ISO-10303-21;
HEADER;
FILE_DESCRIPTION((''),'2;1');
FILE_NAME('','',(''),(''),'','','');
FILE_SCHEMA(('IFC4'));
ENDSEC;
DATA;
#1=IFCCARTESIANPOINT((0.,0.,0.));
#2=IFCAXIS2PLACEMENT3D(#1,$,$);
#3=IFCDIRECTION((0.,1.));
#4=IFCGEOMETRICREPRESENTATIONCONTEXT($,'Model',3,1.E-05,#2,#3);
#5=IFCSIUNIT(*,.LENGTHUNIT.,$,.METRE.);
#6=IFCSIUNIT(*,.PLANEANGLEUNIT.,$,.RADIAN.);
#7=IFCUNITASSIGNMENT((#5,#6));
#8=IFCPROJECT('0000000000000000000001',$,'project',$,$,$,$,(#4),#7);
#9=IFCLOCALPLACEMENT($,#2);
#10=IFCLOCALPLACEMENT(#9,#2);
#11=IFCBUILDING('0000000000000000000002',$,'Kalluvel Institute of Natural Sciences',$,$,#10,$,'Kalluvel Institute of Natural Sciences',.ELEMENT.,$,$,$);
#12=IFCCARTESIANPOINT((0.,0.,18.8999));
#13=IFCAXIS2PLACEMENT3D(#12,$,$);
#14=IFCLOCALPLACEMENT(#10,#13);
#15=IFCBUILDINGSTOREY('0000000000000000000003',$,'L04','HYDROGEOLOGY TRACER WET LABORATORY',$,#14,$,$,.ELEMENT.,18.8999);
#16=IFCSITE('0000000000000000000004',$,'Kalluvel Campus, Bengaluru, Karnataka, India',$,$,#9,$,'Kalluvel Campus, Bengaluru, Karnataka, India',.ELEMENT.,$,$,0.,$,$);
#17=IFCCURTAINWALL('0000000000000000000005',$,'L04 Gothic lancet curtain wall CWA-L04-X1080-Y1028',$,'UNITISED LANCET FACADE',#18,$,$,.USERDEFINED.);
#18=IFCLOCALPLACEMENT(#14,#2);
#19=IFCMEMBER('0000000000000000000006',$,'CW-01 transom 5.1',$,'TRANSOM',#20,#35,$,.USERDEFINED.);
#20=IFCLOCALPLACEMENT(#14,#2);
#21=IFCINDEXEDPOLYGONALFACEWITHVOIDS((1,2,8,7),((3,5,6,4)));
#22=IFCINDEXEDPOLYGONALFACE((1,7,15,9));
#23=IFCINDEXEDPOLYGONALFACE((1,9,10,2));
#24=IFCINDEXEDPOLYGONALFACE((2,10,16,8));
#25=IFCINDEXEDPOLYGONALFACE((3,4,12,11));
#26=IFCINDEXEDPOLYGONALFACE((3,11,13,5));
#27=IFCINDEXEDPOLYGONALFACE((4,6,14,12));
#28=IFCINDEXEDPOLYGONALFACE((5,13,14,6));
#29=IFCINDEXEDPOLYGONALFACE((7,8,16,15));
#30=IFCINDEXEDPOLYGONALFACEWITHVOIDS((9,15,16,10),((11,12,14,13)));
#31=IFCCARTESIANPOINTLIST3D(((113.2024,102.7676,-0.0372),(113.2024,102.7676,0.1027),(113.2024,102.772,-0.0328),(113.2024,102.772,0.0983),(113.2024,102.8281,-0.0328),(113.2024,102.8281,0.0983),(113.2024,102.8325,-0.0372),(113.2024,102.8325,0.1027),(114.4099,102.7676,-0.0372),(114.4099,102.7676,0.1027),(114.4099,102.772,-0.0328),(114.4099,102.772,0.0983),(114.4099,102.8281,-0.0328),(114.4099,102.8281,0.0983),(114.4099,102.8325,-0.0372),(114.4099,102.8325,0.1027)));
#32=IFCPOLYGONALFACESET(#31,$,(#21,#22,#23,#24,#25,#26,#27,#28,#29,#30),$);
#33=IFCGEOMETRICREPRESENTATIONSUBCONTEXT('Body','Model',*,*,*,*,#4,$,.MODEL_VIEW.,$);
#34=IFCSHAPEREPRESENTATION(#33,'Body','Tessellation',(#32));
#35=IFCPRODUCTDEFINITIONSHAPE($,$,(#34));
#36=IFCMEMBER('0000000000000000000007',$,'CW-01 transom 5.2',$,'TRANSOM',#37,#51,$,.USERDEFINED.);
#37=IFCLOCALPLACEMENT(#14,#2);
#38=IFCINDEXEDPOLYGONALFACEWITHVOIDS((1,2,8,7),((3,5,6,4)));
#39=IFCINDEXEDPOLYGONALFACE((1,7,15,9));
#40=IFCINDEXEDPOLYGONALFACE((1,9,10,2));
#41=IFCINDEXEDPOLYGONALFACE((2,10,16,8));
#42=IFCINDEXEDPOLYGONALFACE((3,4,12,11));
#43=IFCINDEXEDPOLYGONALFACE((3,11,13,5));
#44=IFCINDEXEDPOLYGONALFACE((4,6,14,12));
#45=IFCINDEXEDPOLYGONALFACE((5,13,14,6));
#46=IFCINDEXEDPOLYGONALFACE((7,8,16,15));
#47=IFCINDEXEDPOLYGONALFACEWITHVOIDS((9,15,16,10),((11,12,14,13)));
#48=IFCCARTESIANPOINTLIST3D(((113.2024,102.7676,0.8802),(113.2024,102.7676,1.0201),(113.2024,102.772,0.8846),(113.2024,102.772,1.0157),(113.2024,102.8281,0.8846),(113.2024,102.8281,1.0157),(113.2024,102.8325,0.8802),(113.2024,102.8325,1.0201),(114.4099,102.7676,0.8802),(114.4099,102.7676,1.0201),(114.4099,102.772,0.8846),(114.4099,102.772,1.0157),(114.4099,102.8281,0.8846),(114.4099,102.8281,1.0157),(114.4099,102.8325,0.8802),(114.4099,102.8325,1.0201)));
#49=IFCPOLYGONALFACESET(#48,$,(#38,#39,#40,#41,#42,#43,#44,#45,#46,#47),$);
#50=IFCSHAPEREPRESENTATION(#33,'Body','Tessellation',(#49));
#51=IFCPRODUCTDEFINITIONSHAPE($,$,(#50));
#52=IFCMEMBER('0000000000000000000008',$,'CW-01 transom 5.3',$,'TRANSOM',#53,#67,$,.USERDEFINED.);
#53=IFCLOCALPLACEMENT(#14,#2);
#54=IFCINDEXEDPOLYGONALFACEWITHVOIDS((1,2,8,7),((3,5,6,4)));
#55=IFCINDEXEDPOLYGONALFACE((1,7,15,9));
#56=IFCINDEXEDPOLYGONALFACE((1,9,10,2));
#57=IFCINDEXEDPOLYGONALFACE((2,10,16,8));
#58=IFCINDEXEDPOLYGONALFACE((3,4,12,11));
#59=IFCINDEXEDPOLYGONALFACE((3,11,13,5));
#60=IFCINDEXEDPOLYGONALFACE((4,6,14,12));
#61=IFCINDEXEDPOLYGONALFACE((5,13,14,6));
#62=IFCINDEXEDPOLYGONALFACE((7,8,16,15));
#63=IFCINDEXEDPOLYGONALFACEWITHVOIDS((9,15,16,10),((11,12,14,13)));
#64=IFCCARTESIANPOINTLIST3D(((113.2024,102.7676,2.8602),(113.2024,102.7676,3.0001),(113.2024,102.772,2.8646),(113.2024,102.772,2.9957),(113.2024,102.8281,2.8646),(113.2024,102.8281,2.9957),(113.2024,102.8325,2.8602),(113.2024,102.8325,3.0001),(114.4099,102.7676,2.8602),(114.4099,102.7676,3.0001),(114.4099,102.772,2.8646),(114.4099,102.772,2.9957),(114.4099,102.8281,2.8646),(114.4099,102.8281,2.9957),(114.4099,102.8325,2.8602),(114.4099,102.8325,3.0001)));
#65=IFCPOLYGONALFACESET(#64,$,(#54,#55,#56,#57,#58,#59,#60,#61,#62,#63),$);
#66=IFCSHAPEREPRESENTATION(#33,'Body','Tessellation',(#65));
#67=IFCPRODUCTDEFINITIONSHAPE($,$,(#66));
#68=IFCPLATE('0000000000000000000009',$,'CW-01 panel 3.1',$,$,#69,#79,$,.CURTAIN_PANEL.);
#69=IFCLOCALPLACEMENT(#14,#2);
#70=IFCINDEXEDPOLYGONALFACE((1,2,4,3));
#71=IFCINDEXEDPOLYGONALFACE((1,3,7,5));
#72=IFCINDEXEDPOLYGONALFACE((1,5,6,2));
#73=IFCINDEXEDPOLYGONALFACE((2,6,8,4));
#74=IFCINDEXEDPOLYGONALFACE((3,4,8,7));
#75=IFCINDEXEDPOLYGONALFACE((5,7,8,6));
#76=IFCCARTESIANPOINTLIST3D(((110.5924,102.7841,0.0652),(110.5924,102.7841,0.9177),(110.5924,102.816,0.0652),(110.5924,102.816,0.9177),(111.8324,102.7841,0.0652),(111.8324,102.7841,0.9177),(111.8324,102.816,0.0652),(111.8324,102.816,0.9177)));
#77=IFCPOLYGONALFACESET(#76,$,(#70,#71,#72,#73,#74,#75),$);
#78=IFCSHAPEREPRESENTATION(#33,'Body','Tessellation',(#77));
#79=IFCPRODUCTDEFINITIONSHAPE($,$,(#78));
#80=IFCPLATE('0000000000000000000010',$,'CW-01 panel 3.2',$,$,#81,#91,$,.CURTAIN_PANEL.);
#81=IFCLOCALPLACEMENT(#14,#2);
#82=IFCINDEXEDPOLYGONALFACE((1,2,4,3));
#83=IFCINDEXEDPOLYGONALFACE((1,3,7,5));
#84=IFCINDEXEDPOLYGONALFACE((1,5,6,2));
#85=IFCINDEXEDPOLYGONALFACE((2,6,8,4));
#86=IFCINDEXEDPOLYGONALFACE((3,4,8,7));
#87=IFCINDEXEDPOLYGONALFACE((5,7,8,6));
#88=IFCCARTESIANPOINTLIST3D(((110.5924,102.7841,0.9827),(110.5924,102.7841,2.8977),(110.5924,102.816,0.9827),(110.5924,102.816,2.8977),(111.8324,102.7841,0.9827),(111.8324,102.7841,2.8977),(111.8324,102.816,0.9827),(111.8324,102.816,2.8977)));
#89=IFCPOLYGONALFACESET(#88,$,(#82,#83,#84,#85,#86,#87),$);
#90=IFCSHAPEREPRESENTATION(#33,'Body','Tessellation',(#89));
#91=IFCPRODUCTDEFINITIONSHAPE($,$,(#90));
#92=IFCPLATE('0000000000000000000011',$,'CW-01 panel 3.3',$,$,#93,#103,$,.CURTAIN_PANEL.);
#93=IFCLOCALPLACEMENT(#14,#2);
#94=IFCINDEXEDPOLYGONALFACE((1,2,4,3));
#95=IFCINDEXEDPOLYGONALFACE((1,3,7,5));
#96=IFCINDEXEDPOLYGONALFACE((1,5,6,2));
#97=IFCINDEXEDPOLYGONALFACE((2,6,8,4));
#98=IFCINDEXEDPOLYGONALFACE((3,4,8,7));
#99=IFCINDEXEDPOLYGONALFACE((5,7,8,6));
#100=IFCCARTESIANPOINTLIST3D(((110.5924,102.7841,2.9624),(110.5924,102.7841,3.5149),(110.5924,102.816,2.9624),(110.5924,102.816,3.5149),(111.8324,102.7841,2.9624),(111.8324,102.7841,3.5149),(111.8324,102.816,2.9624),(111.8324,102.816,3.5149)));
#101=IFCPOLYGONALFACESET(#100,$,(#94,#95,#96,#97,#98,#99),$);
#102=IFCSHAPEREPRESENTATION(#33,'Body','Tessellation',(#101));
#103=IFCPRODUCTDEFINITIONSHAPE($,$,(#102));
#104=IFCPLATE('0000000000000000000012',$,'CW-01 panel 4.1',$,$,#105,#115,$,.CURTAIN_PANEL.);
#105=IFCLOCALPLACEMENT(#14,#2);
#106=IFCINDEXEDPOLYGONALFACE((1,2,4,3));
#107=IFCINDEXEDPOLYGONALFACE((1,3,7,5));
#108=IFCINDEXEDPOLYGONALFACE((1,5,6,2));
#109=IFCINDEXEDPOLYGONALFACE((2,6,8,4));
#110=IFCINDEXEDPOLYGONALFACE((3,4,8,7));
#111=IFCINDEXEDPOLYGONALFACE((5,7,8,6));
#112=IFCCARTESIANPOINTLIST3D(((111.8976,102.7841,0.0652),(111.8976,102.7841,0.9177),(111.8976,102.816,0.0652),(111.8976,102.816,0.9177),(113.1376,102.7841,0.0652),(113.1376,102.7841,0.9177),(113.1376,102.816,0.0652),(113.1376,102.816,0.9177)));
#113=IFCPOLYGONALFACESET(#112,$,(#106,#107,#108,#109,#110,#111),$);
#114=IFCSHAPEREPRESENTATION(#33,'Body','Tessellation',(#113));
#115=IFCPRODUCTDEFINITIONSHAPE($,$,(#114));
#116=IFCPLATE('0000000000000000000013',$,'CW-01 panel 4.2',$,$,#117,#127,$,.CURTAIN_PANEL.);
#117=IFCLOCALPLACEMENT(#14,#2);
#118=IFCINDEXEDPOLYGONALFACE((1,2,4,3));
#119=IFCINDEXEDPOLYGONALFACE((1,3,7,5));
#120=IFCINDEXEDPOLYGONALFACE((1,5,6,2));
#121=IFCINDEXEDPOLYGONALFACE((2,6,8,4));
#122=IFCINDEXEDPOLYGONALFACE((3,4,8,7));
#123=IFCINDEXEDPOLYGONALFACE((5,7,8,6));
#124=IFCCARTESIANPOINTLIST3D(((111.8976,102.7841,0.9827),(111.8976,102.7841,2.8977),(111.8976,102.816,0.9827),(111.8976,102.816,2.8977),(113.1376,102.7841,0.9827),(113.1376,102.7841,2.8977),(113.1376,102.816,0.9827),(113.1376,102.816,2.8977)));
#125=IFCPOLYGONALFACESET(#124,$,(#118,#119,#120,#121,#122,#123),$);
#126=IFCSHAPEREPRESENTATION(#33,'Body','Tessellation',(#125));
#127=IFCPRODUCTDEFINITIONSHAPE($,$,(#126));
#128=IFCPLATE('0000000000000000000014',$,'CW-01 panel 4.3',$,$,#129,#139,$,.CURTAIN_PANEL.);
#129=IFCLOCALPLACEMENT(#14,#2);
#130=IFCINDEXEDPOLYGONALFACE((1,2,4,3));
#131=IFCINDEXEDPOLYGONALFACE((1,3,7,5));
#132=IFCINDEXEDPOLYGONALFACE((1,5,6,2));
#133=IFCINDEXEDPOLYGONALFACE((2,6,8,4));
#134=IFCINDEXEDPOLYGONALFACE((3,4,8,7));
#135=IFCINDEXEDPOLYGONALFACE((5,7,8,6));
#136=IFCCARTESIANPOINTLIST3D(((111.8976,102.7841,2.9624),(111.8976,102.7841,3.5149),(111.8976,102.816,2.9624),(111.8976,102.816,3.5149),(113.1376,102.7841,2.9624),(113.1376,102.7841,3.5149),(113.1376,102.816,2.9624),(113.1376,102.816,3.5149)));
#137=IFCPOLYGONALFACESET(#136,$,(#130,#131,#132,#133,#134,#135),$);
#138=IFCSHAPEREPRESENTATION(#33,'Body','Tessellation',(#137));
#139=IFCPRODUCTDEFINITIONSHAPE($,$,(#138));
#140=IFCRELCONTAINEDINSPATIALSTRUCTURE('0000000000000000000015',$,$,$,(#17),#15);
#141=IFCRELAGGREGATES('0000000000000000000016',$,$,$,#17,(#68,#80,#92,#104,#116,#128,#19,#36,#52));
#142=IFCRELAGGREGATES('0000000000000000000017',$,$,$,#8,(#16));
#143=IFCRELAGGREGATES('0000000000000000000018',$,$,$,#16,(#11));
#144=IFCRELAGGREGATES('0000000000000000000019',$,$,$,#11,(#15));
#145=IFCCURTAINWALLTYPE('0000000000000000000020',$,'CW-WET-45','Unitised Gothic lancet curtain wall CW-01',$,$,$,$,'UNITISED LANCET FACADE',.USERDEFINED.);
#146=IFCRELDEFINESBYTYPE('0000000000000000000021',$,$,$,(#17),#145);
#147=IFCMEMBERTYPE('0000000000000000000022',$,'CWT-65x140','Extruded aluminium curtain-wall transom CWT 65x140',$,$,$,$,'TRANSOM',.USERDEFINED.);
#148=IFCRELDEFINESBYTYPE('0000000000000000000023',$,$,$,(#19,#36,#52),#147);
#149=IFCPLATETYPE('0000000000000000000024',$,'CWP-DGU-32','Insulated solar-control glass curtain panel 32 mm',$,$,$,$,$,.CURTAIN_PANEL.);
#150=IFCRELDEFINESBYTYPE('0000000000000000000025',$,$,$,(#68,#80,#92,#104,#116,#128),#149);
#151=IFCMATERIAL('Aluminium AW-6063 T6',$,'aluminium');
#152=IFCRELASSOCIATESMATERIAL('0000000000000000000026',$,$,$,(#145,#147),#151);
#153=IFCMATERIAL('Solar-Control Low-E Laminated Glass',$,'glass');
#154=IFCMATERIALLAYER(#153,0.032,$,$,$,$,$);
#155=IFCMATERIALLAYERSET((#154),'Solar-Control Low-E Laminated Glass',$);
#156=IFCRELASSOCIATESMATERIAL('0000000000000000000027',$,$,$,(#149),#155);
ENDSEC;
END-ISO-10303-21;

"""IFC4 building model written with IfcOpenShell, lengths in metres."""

from ifc_helpers import new_model, si_unit, direction, frame, origin, origin_2d, place, context, subcontext, project, spatial, rectangle, hollow_rectangle, extrude, material, layer, layer_set, material_profile, profile_set, type_object, element, aggregate, save


model = new_model("IFC4")

# Units and contexts
model_context = context("Model", 3, precision=1e-05, world=origin(), true_north=direction((0.0, 1.0)))
body_context = subcontext(model_context, "Body", "Model", "MODEL_VIEW")
ifc_project = project(units=[si_unit("LENGTHUNIT", "METRE"), si_unit("PLANEANGLEUNIT", "RADIAN")], contexts=[model_context])

# Site, building, storey
site_placement = place(None, origin())
site = spatial("IfcSite", under=ifc_project, at=site_placement, Name="Kalluvel Campus, Bengaluru, Karnataka, India", LongName="Kalluvel Campus, Bengaluru, Karnataka, India", CompositionType="ELEMENT", RefElevation=0.0)
building_placement = place(site_placement, origin())
building = spatial("IfcBuilding", under=site, at=building_placement, Name="Kalluvel Institute of Natural Sciences", LongName="Kalluvel Institute of Natural Sciences", CompositionType="ELEMENT")
storey_placement = place(building_placement, frame((0.0, 0.0, 18.8999)))
storey = spatial("IfcBuildingStorey", under=building, at=storey_placement, Name="L04", Description="HYDROGEOLOGY TRACER WET LABORATORY", CompositionType="ELEMENT", Elevation=18.8999)

# Curtain wall, members, plates
ifc_material_1 = material(Name="Aluminium AW-6063 T6", Category="aluminium")
curtain_wall_type = type_object("IfcCurtainWallType", Name="CW-WET-45", Description="Unitised Gothic lancet curtain wall CW-01", ElementType="UNITISED LANCET FACADE", PredefinedType="USERDEFINED", material=ifc_material_1)
curtain_wall_placement = place(storey_placement, origin())
curtain_wall = element("IfcCurtainWall", 1, at=curtain_wall_placement, inside=storey, type_object=curtain_wall_type, Name="L04 Gothic lancet curtain wall CWA-L04-X1080-Y1028", ObjectType="UNITISED LANCET FACADE", PredefinedType="USERDEFINED")
ifc_material_profile_1 = material_profile(ifc_material_1, hollow_rectangle(XDim=0.0649, YDim=0.1399, WallThickness=0.0044, at=origin_2d()), Name="CWT 65x140")
ifc_profile_set_1 = profile_set([ifc_material_profile_1], Name="Aluminium AW-6063 T6")
member_type_1 = type_object("IfcMemberType", Name="CWT-65x140", Description="Extruded aluminium curtain-wall transom CWT 65x140", ElementType="TRANSOM", PredefinedType="USERDEFINED", material=ifc_profile_set_1)
member_1_placement = place(storey_placement, frame((113.2024, 102.8, 0.0327), z_axis=(1.0, 0.0, 0.0), x_axis=(0.0, 1.0, 0.0)))
member_1 = element("IfcMember", 2, at=member_1_placement, type_object=member_type_1, Name="CW-01 transom 5.1", ObjectType="TRANSOM", PredefinedType="USERDEFINED", context=body_context, shape_type="SweptSolid", body=[
    extrude(hollow_rectangle(XDim=0.0649, YDim=0.1399, WallThickness=0.0044, at=origin_2d()), origin(), (0.0, 0.0, 1.0), 1.2075),
])
member_2_placement = place(storey_placement, frame((113.2024, 102.8, 0.9502), z_axis=(1.0, 0.0, 0.0), x_axis=(0.0, 1.0, 0.0)))
member_2 = element("IfcMember", 3, at=member_2_placement, type_object=member_type_1, Name="CW-01 transom 5.2", ObjectType="TRANSOM", PredefinedType="USERDEFINED", context=body_context, shape_type="SweptSolid", body=[
    extrude(hollow_rectangle(XDim=0.0649, YDim=0.1399, WallThickness=0.0044, at=origin_2d()), origin(), (0.0, 0.0, 1.0), 1.2075),
])
member_3_placement = place(storey_placement, frame((113.2024, 102.8, 2.9302), z_axis=(1.0, 0.0, 0.0), x_axis=(0.0, 1.0, 0.0)))
member_3 = element("IfcMember", 4, at=member_3_placement, type_object=member_type_1, Name="CW-01 transom 5.3", ObjectType="TRANSOM", PredefinedType="USERDEFINED", context=body_context, shape_type="SweptSolid", body=[
    extrude(hollow_rectangle(XDim=0.0649, YDim=0.1399, WallThickness=0.0044, at=origin_2d()), origin(), (0.0, 0.0, 1.0), 1.2075),
])
ifc_material_2 = material(Name="Solar-Control Low-E Laminated Glass", Category="glass")
ifc_layer = layer(ifc_material_2, 0.032)
ifc_layer_set = layer_set([ifc_layer], Name="Solar-Control Low-E Laminated Glass")
plate_type = type_object("IfcPlateType", Name="CWP-DGU-32", Description="Insulated solar-control glass curtain panel 32 mm", PredefinedType="CURTAIN_PANEL", material=ifc_layer_set)
plate_1_placement = place(storey_placement, frame((111.2124, 102.8, 0.0652), z_axis=(0.0, 0.0, 1.0), x_axis=(1.0, 0.0, 0.0)))
plate_1 = element("IfcPlate", 5, at=plate_1_placement, type_object=plate_type, Name="CW-01 panel 3.1", PredefinedType="CURTAIN_PANEL", context=body_context, shape_type="SweptSolid", body=[
    extrude(rectangle(XDim=1.24, YDim=0.032, at=origin_2d()), origin(), (0.0, 0.0, 1.0), 0.8525),
])
plate_2_placement = place(storey_placement, frame((111.2124, 102.8, 0.9827), z_axis=(0.0, 0.0, 1.0), x_axis=(1.0, 0.0, 0.0)))
plate_2 = element("IfcPlate", 6, at=plate_2_placement, type_object=plate_type, Name="CW-01 panel 3.2", PredefinedType="CURTAIN_PANEL", context=body_context, shape_type="SweptSolid", body=[
    extrude(rectangle(XDim=1.24, YDim=0.032, at=origin_2d()), origin(), (0.0, 0.0, 1.0), 1.915),
])
plate_3_placement = place(storey_placement, frame((111.2124, 102.8, 2.9624), z_axis=(0.0, 0.0, 1.0), x_axis=(1.0, 0.0, 0.0)))
plate_3 = element("IfcPlate", 7, at=plate_3_placement, type_object=plate_type, Name="CW-01 panel 3.3", PredefinedType="CURTAIN_PANEL", context=body_context, shape_type="SweptSolid", body=[
    extrude(rectangle(XDim=1.24, YDim=0.032, at=origin_2d()), origin(), (0.0, 0.0, 1.0), 0.5525),
])
plate_4_placement = place(storey_placement, frame((112.5176, 102.8, 0.0652), z_axis=(0.0, 0.0, 1.0), x_axis=(1.0, 0.0, 0.0)))
plate_4 = element("IfcPlate", 8, at=plate_4_placement, type_object=plate_type, Name="CW-01 panel 4.1", PredefinedType="CURTAIN_PANEL", context=body_context, shape_type="SweptSolid", body=[
    extrude(rectangle(XDim=1.24, YDim=0.032, at=origin_2d()), origin(), (0.0, 0.0, 1.0), 0.8525),
])
plate_5_placement = place(storey_placement, frame((112.5176, 102.8, 0.9827), z_axis=(0.0, 0.0, 1.0), x_axis=(1.0, 0.0, 0.0)))
plate_5 = element("IfcPlate", 9, at=plate_5_placement, type_object=plate_type, Name="CW-01 panel 4.2", PredefinedType="CURTAIN_PANEL", context=body_context, shape_type="SweptSolid", body=[
    extrude(rectangle(XDim=1.24, YDim=0.032, at=origin_2d()), origin(), (0.0, 0.0, 1.0), 1.915),
])
plate_6_placement = place(storey_placement, frame((112.5176, 102.8, 2.9624), z_axis=(0.0, 0.0, 1.0), x_axis=(1.0, 0.0, 0.0)))
plate_6 = element("IfcPlate", 10, at=plate_6_placement, type_object=plate_type, Name="CW-01 panel 4.3", PredefinedType="CURTAIN_PANEL", context=body_context, shape_type="SweptSolid", body=[
    extrude(rectangle(XDim=1.24, YDim=0.032, at=origin_2d()), origin(), (0.0, 0.0, 1.0), 0.5525),
])
aggregate(curtain_wall, [plate_1, plate_2, plate_3, plate_4, plate_5, plate_6, member_1, member_2, member_3])

save(model, "model.ifc")
